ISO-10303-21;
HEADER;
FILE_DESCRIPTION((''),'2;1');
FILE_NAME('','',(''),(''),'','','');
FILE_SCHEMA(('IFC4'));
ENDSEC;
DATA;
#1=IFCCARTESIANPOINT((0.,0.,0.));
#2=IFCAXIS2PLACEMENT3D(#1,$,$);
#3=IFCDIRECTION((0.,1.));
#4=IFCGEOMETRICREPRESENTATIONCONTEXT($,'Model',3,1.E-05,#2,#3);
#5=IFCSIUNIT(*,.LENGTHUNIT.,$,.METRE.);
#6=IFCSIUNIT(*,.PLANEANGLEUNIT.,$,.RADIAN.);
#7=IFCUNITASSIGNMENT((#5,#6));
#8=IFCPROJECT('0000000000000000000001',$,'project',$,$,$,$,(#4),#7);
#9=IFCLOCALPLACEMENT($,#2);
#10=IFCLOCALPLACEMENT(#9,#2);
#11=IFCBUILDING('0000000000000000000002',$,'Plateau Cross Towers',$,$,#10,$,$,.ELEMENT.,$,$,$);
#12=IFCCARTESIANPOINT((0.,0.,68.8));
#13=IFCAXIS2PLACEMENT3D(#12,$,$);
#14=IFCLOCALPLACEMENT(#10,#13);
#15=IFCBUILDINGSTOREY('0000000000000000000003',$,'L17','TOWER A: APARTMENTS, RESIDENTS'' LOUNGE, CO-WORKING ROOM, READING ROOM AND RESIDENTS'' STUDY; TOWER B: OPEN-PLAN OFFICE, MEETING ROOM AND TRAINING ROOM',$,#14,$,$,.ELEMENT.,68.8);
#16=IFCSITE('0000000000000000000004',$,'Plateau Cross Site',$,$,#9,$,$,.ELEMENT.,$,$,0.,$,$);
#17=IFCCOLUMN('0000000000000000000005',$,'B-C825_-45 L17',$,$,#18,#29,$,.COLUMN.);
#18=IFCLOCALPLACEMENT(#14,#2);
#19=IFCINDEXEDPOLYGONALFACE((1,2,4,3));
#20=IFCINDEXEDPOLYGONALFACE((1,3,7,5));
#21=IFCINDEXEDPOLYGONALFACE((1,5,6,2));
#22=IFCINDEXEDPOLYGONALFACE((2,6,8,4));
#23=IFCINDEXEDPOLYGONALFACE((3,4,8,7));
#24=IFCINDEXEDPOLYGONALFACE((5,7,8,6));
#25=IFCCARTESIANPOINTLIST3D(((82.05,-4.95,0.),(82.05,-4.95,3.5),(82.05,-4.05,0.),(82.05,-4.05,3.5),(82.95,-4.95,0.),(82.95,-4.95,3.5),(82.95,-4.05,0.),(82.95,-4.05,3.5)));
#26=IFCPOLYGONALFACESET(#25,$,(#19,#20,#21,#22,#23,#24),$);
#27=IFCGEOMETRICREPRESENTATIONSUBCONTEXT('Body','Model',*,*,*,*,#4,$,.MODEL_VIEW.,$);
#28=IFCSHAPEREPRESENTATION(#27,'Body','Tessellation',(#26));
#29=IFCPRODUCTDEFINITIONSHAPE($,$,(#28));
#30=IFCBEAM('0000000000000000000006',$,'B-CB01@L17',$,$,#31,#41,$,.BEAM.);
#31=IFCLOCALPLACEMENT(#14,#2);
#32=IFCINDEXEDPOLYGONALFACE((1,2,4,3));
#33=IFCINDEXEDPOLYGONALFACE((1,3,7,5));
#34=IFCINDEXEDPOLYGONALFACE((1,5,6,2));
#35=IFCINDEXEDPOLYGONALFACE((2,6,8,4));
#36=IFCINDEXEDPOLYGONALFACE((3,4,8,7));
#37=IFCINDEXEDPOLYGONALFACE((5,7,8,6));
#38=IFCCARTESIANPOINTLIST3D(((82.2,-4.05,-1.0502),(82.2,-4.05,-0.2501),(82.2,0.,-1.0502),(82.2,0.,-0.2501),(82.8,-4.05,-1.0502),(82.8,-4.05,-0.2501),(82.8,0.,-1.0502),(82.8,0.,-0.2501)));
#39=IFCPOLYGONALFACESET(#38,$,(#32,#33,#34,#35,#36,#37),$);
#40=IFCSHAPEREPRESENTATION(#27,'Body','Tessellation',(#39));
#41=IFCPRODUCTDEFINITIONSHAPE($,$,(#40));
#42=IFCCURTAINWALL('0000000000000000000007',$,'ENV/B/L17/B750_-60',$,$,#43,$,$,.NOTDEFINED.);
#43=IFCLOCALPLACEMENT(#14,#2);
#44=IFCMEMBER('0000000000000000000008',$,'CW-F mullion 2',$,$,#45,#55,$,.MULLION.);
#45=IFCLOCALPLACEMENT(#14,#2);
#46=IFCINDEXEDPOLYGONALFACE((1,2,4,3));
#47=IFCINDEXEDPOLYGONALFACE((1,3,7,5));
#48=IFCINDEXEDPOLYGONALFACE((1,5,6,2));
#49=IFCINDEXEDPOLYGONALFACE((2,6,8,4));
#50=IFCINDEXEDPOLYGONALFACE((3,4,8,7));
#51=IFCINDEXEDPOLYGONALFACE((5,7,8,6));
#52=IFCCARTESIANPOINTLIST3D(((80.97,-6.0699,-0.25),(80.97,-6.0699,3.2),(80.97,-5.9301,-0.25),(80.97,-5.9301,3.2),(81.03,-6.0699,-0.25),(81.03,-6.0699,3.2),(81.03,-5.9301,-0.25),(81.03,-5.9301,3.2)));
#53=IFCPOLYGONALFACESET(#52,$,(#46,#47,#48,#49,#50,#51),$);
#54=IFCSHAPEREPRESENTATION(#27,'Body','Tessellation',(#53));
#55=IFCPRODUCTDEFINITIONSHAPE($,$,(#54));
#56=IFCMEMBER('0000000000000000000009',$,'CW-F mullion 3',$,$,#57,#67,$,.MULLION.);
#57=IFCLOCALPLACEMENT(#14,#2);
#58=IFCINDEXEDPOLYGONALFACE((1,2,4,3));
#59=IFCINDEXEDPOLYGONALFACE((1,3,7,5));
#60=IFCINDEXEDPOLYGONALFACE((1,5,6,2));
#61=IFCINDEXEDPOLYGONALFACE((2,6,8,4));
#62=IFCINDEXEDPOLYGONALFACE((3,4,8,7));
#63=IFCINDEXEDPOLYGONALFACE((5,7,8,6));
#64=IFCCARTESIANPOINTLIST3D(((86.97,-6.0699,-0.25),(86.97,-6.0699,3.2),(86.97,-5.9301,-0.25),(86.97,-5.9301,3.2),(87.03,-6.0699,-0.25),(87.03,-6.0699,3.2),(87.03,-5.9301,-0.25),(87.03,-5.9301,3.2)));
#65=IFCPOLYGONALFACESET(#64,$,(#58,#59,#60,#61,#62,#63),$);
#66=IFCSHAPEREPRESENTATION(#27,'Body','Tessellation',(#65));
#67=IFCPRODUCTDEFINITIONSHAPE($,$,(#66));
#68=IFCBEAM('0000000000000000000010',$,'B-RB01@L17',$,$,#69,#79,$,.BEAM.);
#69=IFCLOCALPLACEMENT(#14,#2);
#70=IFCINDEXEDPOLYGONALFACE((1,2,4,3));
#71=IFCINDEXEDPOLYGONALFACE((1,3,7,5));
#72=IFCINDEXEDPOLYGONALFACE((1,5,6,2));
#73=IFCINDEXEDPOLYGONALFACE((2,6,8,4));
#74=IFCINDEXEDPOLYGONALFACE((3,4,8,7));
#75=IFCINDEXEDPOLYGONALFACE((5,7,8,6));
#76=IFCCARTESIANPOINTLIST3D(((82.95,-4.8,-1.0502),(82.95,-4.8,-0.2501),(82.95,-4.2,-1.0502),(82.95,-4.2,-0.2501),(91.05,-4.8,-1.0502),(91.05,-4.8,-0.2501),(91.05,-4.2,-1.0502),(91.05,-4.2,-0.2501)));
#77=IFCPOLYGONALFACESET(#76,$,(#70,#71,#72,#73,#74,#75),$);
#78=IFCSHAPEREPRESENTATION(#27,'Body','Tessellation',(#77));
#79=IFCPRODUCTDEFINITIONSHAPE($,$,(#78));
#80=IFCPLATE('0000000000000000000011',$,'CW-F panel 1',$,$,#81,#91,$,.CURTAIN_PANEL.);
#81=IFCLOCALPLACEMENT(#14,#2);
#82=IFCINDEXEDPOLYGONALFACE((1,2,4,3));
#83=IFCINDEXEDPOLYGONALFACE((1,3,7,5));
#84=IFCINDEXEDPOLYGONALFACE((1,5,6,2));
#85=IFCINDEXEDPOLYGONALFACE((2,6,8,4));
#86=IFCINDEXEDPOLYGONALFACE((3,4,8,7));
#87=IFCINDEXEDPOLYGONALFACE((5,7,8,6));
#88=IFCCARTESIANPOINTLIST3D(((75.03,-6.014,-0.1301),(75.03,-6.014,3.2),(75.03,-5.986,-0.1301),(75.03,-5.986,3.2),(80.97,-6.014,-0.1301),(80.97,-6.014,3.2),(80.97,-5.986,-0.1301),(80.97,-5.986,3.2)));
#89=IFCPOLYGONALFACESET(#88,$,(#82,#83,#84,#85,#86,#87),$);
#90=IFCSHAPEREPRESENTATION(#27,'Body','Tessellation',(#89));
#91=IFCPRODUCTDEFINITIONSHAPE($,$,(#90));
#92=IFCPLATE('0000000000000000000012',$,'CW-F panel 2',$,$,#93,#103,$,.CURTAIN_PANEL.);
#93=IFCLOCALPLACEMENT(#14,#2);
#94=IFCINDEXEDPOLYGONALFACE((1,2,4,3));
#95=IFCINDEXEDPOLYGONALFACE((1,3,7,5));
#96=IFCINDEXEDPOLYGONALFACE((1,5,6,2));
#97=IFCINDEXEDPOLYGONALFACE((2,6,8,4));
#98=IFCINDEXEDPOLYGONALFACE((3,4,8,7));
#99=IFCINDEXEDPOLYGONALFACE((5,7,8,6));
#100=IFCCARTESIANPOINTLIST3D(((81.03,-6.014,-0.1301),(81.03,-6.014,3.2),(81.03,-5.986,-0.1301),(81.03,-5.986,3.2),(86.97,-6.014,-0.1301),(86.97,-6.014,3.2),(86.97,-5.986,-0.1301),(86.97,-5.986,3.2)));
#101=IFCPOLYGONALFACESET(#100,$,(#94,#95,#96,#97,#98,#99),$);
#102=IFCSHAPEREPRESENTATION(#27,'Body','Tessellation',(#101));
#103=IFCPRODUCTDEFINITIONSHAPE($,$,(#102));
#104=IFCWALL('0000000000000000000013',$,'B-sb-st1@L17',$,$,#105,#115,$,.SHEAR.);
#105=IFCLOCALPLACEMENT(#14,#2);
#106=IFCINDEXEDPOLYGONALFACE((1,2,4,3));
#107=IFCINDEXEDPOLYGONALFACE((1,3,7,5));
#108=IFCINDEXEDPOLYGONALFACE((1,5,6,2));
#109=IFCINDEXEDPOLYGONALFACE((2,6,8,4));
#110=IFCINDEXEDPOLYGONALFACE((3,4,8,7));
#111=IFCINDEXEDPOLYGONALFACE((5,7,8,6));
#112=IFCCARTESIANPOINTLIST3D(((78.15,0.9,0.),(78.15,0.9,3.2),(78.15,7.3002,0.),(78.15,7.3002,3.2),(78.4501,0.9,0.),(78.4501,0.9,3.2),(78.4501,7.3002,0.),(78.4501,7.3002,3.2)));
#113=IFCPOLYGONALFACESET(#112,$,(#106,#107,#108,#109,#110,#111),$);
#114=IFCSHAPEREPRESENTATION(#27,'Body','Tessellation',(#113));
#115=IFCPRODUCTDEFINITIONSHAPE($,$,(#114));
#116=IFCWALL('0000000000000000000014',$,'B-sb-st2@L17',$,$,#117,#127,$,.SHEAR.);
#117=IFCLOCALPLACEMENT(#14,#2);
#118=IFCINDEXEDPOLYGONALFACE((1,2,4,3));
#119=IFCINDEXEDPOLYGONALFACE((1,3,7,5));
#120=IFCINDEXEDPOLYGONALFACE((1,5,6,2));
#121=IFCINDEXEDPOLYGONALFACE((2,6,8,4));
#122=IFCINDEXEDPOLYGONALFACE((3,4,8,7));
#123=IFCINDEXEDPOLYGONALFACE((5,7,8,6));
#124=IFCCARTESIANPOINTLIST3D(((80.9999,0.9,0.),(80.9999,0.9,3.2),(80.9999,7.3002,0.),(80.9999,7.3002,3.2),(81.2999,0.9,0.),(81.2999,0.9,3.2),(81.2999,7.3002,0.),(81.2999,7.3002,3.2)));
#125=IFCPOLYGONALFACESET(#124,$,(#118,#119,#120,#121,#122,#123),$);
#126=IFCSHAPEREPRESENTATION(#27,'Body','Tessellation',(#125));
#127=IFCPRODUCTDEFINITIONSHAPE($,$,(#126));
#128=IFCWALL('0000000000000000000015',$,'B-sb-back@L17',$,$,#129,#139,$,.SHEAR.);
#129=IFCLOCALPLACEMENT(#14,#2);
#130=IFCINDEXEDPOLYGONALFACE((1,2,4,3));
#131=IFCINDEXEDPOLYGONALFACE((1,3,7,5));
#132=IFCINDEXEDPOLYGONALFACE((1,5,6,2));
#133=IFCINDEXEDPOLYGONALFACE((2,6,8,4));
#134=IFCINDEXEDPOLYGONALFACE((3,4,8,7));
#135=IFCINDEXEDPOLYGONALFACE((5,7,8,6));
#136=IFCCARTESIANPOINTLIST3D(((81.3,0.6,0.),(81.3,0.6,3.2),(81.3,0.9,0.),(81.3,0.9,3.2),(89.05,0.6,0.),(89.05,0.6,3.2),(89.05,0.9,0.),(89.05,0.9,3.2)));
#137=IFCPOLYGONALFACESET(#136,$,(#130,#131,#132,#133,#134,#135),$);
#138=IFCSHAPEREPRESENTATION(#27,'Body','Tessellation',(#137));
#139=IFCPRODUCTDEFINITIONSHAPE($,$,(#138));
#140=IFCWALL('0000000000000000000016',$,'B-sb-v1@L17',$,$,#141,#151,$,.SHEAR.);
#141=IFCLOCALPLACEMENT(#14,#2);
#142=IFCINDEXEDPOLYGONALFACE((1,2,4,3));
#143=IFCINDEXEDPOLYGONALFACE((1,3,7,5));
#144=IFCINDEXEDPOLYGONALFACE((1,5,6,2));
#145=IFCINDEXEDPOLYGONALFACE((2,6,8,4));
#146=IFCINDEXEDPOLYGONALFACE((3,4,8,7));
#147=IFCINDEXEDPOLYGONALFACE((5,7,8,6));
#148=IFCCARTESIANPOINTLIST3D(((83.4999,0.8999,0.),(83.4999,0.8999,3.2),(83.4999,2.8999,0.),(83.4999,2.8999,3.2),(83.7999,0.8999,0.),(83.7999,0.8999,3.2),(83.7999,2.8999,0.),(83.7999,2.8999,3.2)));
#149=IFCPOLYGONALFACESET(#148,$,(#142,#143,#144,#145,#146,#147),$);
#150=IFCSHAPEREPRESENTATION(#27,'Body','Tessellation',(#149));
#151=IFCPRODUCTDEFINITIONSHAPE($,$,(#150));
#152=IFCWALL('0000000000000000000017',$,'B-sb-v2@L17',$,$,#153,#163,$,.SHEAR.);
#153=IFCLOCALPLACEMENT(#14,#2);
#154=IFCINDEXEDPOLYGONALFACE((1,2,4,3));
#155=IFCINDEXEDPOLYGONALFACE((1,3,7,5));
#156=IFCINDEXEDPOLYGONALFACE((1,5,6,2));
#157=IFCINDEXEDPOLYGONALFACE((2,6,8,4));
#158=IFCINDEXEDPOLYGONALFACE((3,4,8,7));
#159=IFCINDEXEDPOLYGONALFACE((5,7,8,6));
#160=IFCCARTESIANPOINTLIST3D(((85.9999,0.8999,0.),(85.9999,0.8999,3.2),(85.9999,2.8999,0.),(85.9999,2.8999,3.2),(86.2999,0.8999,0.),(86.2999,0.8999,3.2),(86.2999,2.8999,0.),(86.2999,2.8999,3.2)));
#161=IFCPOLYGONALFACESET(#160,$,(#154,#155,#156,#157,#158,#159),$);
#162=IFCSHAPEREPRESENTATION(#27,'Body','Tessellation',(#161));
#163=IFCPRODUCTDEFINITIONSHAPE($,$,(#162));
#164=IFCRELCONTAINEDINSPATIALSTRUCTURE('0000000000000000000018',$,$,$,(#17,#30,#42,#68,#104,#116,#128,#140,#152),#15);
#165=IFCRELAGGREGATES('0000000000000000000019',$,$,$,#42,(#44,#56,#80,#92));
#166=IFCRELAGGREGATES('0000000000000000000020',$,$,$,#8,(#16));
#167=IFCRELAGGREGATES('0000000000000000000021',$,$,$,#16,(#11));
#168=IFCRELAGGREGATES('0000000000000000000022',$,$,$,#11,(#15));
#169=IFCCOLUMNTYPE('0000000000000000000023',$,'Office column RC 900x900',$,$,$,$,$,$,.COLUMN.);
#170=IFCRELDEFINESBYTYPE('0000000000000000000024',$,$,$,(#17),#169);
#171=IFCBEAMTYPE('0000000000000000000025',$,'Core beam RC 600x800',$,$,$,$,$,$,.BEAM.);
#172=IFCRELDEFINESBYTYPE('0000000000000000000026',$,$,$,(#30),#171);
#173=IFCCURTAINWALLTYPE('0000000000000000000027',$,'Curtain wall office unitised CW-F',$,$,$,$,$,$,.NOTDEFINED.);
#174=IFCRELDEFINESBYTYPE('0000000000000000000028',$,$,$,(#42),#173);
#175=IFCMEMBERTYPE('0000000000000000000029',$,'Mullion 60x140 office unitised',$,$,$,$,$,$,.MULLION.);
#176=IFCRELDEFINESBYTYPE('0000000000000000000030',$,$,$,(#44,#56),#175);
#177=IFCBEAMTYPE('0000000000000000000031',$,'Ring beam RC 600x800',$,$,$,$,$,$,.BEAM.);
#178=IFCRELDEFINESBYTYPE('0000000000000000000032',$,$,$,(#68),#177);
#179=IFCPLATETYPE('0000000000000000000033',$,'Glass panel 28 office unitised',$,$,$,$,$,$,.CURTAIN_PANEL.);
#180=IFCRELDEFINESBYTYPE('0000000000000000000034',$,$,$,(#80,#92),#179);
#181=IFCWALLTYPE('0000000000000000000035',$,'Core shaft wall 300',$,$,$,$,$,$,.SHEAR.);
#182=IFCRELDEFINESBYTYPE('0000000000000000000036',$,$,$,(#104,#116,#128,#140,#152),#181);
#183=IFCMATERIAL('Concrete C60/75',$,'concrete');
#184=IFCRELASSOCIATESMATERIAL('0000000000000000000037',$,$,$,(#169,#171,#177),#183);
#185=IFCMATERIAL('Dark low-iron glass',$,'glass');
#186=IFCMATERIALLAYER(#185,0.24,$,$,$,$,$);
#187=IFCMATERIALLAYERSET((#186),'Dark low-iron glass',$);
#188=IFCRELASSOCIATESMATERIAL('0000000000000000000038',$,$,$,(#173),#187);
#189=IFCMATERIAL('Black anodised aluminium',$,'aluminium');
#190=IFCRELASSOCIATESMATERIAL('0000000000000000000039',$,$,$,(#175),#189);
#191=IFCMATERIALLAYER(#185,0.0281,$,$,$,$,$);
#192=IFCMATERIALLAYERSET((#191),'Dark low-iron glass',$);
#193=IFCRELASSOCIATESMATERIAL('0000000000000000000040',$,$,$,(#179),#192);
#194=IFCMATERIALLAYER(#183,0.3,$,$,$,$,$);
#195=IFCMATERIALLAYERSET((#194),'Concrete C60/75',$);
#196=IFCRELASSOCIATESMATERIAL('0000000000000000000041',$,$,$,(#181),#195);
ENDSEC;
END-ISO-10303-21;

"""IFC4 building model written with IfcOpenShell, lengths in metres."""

from ifc_helpers import new_model, si_unit, direction, frame, frame_2d, origin, origin_2d, place, context, subcontext, project, spatial, rectangle, extrude, material, layer, layer_set, material_profile, profile_set, type_object, element, aggregate, save


model = new_model("IFC4")

# Units and contexts
model_context = context("Model", 3, precision=1e-05, world=origin(), true_north=direction((0.0, 1.0)))
body_context = subcontext(model_context, "Body", "Model", "MODEL_VIEW")
ifc_project = project(units=[si_unit("LENGTHUNIT", "METRE"), si_unit("PLANEANGLEUNIT", "RADIAN")], contexts=[model_context])

# Site, building, storey
site_placement = place(None, origin())
site = spatial("IfcSite", under=ifc_project, at=site_placement, Name="Plateau Cross Site", CompositionType="ELEMENT", RefElevation=0.0)
building_placement = place(site_placement, origin())
building = spatial("IfcBuilding", under=site, at=building_placement, Name="Plateau Cross Towers", CompositionType="ELEMENT")
storey_placement = place(building_placement, frame((0.0, 0.0, 68.8)))
storey = spatial("IfcBuildingStorey", under=building, at=storey_placement, Name="L17", Description="TOWER A: APARTMENTS, RESIDENTS' LOUNGE, CO-WORKING ROOM, READING ROOM AND RESIDENTS' STUDY; TOWER B: OPEN-PLAN OFFICE, MEETING ROOM AND TRAINING ROOM", CompositionType="ELEMENT", Elevation=68.8)

# Column
ifc_material_1 = material(Name="Concrete C60/75", Category="concrete")
ifc_material_profile_1 = material_profile(ifc_material_1, rectangle(XDim=0.8999, YDim=0.8999, at=origin_2d()), Name="RC 900x900")
ifc_profile_set_1 = profile_set([ifc_material_profile_1], Name="Concrete C60/75")
column_type = type_object("IfcColumnType", Name="Office column RC 900x900", PredefinedType="COLUMN", material=ifc_profile_set_1)
column_placement = place(storey_placement, frame((82.5, -4.5, 0.0), z_axis=(0.0, 0.0, 1.0), x_axis=(1.0, 0.0, 0.0)))
element("IfcColumn", 1, at=column_placement, inside=storey, type_object=column_type, Name="B-C825_-45 L17", PredefinedType="COLUMN", context=body_context, shape_type="SweptSolid", body=[
    extrude(rectangle(XDim=0.8999, YDim=0.8999, at=origin_2d()), origin(), (0.0, 0.0, 1.0), 3.5),
])

# Beam
ifc_material_profile_2 = material_profile(ifc_material_1, rectangle(XDim=0.6001, YDim=0.8, at=origin_2d()), Name="RC 600x800")
ifc_profile_set_2 = profile_set([ifc_material_profile_2], Name="Concrete C60/75")
beam_type_1 = type_object("IfcBeamType", Name="Core beam RC 600x800", PredefinedType="BEAM", material=ifc_profile_set_2)
beam_1_placement = place(storey_placement, frame((82.5, 0.0, -0.6501), z_axis=(0.0, -1.0, 0.0), x_axis=(1.0, 0.0, 0.0)))
element("IfcBeam", 2, at=beam_1_placement, inside=storey, type_object=beam_type_1, Name="B-CB01@L17", PredefinedType="BEAM", context=body_context, shape_type="SweptSolid", body=[
    extrude(rectangle(XDim=0.6001, YDim=0.8, at=origin_2d()), origin(), (0.0, 0.0, 1.0), 4.05),
])

# Curtain wall, members
ifc_material_2 = material(Name="Dark low-iron glass", Category="glass")
ifc_layer_1 = layer(ifc_material_2, 0.24)
ifc_layer_set_1 = layer_set([ifc_layer_1], Name="Dark low-iron glass")
curtain_wall_type = type_object("IfcCurtainWallType", Name="Curtain wall office unitised CW-F", PredefinedType="NOTDEFINED", material=ifc_layer_set_1)
curtain_wall_placement = place(storey_placement, origin())
curtain_wall = element("IfcCurtainWall", 3, at=curtain_wall_placement, inside=storey, type_object=curtain_wall_type, Name="ENV/B/L17/B750_-60", PredefinedType="NOTDEFINED")
ifc_material_3 = material(Name="Black anodised aluminium", Category="aluminium")
ifc_material_profile_3 = material_profile(ifc_material_3, rectangle(XDim=0.0601, YDim=0.1399, at=origin_2d()), Name="MULLION 60x140")
ifc_profile_set_3 = profile_set([ifc_material_profile_3], Name="Black anodised aluminium")
member_type = type_object("IfcMemberType", Name="Mullion 60x140 office unitised", PredefinedType="MULLION", material=ifc_profile_set_3)
member_1_placement = place(storey_placement, frame((81.0, -6.0, -0.25), z_axis=(0.0, 0.0, 1.0), x_axis=(1.0, 0.0, 0.0)))
member_1 = element("IfcMember", 4, at=member_1_placement, type_object=member_type, Name="CW-F mullion 2", PredefinedType="MULLION", context=body_context, shape_type="SweptSolid", body=[
    extrude(rectangle(XDim=0.0601, YDim=0.1399, at=origin_2d()), origin(), (0.0, 0.0, 1.0), 3.45),
])
member_2_placement = place(storey_placement, frame((87.0, -6.0, -0.25), z_axis=(0.0, 0.0, 1.0), x_axis=(1.0, 0.0, 0.0)))
member_2 = element("IfcMember", 5, at=member_2_placement, type_object=member_type, Name="CW-F mullion 3", PredefinedType="MULLION", context=body_context, shape_type="SweptSolid", body=[
    extrude(rectangle(XDim=0.0601, YDim=0.1399, at=origin_2d()), origin(), (0.0, 0.0, 1.0), 3.45),
])

# Beam
ifc_material_profile_4 = material_profile(ifc_material_1, rectangle(XDim=0.6001, YDim=0.8, at=origin_2d()), Name="RC 600x800")
ifc_profile_set_4 = profile_set([ifc_material_profile_4], Name="Concrete C60/75")
beam_type_2 = type_object("IfcBeamType", Name="Ring beam RC 600x800", PredefinedType="BEAM", material=ifc_profile_set_4)
beam_2_placement = place(storey_placement, frame((82.95, -4.5, -0.6501), z_axis=(1.0, 0.0, 0.0), x_axis=(0.0, 1.0, 0.0)))
element("IfcBeam", 6, at=beam_2_placement, inside=storey, type_object=beam_type_2, Name="B-RB01@L17", PredefinedType="BEAM", context=body_context, shape_type="SweptSolid", body=[
    extrude(rectangle(XDim=0.6001, YDim=0.8, at=origin_2d()), origin(), (0.0, 0.0, 1.0), 8.1001),
])

# Plates
ifc_layer_2 = layer(ifc_material_2, 0.0281)
ifc_layer_set_2 = layer_set([ifc_layer_2], Name="Dark low-iron glass")
plate_type = type_object("IfcPlateType", Name="Glass panel 28 office unitised", PredefinedType="CURTAIN_PANEL", material=ifc_layer_set_2)
plate_1_placement = place(storey_placement, frame((78.0, -6.0, -0.1301), z_axis=(0.0, 0.0, 1.0), x_axis=(1.0, 0.0, 0.0)))
plate_1 = element("IfcPlate", 7, at=plate_1_placement, type_object=plate_type, Name="CW-F panel 1", PredefinedType="CURTAIN_PANEL", context=body_context, shape_type="SweptSolid", body=[
    extrude(rectangle(XDim=5.9399, YDim=0.0281, at=origin_2d()), origin(), (0.0, 0.0, 1.0), 3.3301),
])
plate_2_placement = place(storey_placement, frame((84.0, -6.0, -0.1301), z_axis=(0.0, 0.0, 1.0), x_axis=(1.0, 0.0, 0.0)))
plate_2 = element("IfcPlate", 8, at=plate_2_placement, type_object=plate_type, Name="CW-F panel 2", PredefinedType="CURTAIN_PANEL", context=body_context, shape_type="SweptSolid", body=[
    extrude(rectangle(XDim=5.9399, YDim=0.0281, at=origin_2d()), origin(), (0.0, 0.0, 1.0), 3.3301),
])
aggregate(curtain_wall, [member_1, member_2, plate_1, plate_2])

# Walls
ifc_layer_3 = layer(ifc_material_1, 0.3)
ifc_layer_set_3 = layer_set([ifc_layer_3], Name="Concrete C60/75")
wall_type_1 = type_object("IfcWallType", Name="Core shaft wall 300", PredefinedType="SHEAR", material=ifc_layer_set_3)
for number, where, z_axis, x_axis, name in (
    (9, (78.3, 0.8999, 0.0), (0.0, 0.0, 1.0), (0.0, 1.0, 0.0), "B-sb-st1@L17"),
    (10, (81.1499, 0.8999, 0.0), (0.0, 0.0, 1.0), (0.0, 1.0, 0.0), "B-sb-st2@L17"),
):
    element("IfcWall", number, at=place(storey_placement, frame(where, z_axis=z_axis, x_axis=x_axis)), inside=storey, type_object=wall_type_1, Name=name, PredefinedType="SHEAR", context=body_context, shape_type="SweptSolid", body=[
        extrude(rectangle(XDim=6.4001, YDim=0.3, at=frame_2d((3.2002, 0.0))), origin(), (0.0, 0.0, 1.0), 3.2),
    ])
wall_1_placement = place(storey_placement, frame((81.3, 0.75, 0.0), z_axis=(0.0, 0.0, 1.0), x_axis=(1.0, 0.0, 0.0)))
element("IfcWall", 11, at=wall_1_placement, inside=storey, type_object=wall_type_1, Name="B-sb-back@L17", PredefinedType="SHEAR", context=body_context, shape_type="SweptSolid", body=[
    extrude(rectangle(XDim=7.75, YDim=0.3, at=frame_2d((3.875, 0.0))), origin(), (0.0, 0.0, 1.0), 3.2),
])
for number, where, z_axis, x_axis, name in (
    (12, (83.6499, 0.8999, 0.0), (0.0, 0.0, 1.0), (0.0, 1.0, 0.0), "B-sb-v1@L17"),
    (13, (86.1499, 0.8999, 0.0), (0.0, 0.0, 1.0), (0.0, 1.0, 0.0), "B-sb-v2@L17"),
):
    element("IfcWall", number, at=place(storey_placement, frame(where, z_axis=z_axis, x_axis=x_axis)), inside=storey, type_object=wall_type_1, Name=name, PredefinedType="SHEAR", context=body_context, shape_type="SweptSolid", body=[
        extrude(rectangle(XDim=2.0, YDim=0.3, at=frame_2d((1.0, 0.0))), origin(), (0.0, 0.0, 1.0), 3.2),
    ])

save(model, "model.ifc")
